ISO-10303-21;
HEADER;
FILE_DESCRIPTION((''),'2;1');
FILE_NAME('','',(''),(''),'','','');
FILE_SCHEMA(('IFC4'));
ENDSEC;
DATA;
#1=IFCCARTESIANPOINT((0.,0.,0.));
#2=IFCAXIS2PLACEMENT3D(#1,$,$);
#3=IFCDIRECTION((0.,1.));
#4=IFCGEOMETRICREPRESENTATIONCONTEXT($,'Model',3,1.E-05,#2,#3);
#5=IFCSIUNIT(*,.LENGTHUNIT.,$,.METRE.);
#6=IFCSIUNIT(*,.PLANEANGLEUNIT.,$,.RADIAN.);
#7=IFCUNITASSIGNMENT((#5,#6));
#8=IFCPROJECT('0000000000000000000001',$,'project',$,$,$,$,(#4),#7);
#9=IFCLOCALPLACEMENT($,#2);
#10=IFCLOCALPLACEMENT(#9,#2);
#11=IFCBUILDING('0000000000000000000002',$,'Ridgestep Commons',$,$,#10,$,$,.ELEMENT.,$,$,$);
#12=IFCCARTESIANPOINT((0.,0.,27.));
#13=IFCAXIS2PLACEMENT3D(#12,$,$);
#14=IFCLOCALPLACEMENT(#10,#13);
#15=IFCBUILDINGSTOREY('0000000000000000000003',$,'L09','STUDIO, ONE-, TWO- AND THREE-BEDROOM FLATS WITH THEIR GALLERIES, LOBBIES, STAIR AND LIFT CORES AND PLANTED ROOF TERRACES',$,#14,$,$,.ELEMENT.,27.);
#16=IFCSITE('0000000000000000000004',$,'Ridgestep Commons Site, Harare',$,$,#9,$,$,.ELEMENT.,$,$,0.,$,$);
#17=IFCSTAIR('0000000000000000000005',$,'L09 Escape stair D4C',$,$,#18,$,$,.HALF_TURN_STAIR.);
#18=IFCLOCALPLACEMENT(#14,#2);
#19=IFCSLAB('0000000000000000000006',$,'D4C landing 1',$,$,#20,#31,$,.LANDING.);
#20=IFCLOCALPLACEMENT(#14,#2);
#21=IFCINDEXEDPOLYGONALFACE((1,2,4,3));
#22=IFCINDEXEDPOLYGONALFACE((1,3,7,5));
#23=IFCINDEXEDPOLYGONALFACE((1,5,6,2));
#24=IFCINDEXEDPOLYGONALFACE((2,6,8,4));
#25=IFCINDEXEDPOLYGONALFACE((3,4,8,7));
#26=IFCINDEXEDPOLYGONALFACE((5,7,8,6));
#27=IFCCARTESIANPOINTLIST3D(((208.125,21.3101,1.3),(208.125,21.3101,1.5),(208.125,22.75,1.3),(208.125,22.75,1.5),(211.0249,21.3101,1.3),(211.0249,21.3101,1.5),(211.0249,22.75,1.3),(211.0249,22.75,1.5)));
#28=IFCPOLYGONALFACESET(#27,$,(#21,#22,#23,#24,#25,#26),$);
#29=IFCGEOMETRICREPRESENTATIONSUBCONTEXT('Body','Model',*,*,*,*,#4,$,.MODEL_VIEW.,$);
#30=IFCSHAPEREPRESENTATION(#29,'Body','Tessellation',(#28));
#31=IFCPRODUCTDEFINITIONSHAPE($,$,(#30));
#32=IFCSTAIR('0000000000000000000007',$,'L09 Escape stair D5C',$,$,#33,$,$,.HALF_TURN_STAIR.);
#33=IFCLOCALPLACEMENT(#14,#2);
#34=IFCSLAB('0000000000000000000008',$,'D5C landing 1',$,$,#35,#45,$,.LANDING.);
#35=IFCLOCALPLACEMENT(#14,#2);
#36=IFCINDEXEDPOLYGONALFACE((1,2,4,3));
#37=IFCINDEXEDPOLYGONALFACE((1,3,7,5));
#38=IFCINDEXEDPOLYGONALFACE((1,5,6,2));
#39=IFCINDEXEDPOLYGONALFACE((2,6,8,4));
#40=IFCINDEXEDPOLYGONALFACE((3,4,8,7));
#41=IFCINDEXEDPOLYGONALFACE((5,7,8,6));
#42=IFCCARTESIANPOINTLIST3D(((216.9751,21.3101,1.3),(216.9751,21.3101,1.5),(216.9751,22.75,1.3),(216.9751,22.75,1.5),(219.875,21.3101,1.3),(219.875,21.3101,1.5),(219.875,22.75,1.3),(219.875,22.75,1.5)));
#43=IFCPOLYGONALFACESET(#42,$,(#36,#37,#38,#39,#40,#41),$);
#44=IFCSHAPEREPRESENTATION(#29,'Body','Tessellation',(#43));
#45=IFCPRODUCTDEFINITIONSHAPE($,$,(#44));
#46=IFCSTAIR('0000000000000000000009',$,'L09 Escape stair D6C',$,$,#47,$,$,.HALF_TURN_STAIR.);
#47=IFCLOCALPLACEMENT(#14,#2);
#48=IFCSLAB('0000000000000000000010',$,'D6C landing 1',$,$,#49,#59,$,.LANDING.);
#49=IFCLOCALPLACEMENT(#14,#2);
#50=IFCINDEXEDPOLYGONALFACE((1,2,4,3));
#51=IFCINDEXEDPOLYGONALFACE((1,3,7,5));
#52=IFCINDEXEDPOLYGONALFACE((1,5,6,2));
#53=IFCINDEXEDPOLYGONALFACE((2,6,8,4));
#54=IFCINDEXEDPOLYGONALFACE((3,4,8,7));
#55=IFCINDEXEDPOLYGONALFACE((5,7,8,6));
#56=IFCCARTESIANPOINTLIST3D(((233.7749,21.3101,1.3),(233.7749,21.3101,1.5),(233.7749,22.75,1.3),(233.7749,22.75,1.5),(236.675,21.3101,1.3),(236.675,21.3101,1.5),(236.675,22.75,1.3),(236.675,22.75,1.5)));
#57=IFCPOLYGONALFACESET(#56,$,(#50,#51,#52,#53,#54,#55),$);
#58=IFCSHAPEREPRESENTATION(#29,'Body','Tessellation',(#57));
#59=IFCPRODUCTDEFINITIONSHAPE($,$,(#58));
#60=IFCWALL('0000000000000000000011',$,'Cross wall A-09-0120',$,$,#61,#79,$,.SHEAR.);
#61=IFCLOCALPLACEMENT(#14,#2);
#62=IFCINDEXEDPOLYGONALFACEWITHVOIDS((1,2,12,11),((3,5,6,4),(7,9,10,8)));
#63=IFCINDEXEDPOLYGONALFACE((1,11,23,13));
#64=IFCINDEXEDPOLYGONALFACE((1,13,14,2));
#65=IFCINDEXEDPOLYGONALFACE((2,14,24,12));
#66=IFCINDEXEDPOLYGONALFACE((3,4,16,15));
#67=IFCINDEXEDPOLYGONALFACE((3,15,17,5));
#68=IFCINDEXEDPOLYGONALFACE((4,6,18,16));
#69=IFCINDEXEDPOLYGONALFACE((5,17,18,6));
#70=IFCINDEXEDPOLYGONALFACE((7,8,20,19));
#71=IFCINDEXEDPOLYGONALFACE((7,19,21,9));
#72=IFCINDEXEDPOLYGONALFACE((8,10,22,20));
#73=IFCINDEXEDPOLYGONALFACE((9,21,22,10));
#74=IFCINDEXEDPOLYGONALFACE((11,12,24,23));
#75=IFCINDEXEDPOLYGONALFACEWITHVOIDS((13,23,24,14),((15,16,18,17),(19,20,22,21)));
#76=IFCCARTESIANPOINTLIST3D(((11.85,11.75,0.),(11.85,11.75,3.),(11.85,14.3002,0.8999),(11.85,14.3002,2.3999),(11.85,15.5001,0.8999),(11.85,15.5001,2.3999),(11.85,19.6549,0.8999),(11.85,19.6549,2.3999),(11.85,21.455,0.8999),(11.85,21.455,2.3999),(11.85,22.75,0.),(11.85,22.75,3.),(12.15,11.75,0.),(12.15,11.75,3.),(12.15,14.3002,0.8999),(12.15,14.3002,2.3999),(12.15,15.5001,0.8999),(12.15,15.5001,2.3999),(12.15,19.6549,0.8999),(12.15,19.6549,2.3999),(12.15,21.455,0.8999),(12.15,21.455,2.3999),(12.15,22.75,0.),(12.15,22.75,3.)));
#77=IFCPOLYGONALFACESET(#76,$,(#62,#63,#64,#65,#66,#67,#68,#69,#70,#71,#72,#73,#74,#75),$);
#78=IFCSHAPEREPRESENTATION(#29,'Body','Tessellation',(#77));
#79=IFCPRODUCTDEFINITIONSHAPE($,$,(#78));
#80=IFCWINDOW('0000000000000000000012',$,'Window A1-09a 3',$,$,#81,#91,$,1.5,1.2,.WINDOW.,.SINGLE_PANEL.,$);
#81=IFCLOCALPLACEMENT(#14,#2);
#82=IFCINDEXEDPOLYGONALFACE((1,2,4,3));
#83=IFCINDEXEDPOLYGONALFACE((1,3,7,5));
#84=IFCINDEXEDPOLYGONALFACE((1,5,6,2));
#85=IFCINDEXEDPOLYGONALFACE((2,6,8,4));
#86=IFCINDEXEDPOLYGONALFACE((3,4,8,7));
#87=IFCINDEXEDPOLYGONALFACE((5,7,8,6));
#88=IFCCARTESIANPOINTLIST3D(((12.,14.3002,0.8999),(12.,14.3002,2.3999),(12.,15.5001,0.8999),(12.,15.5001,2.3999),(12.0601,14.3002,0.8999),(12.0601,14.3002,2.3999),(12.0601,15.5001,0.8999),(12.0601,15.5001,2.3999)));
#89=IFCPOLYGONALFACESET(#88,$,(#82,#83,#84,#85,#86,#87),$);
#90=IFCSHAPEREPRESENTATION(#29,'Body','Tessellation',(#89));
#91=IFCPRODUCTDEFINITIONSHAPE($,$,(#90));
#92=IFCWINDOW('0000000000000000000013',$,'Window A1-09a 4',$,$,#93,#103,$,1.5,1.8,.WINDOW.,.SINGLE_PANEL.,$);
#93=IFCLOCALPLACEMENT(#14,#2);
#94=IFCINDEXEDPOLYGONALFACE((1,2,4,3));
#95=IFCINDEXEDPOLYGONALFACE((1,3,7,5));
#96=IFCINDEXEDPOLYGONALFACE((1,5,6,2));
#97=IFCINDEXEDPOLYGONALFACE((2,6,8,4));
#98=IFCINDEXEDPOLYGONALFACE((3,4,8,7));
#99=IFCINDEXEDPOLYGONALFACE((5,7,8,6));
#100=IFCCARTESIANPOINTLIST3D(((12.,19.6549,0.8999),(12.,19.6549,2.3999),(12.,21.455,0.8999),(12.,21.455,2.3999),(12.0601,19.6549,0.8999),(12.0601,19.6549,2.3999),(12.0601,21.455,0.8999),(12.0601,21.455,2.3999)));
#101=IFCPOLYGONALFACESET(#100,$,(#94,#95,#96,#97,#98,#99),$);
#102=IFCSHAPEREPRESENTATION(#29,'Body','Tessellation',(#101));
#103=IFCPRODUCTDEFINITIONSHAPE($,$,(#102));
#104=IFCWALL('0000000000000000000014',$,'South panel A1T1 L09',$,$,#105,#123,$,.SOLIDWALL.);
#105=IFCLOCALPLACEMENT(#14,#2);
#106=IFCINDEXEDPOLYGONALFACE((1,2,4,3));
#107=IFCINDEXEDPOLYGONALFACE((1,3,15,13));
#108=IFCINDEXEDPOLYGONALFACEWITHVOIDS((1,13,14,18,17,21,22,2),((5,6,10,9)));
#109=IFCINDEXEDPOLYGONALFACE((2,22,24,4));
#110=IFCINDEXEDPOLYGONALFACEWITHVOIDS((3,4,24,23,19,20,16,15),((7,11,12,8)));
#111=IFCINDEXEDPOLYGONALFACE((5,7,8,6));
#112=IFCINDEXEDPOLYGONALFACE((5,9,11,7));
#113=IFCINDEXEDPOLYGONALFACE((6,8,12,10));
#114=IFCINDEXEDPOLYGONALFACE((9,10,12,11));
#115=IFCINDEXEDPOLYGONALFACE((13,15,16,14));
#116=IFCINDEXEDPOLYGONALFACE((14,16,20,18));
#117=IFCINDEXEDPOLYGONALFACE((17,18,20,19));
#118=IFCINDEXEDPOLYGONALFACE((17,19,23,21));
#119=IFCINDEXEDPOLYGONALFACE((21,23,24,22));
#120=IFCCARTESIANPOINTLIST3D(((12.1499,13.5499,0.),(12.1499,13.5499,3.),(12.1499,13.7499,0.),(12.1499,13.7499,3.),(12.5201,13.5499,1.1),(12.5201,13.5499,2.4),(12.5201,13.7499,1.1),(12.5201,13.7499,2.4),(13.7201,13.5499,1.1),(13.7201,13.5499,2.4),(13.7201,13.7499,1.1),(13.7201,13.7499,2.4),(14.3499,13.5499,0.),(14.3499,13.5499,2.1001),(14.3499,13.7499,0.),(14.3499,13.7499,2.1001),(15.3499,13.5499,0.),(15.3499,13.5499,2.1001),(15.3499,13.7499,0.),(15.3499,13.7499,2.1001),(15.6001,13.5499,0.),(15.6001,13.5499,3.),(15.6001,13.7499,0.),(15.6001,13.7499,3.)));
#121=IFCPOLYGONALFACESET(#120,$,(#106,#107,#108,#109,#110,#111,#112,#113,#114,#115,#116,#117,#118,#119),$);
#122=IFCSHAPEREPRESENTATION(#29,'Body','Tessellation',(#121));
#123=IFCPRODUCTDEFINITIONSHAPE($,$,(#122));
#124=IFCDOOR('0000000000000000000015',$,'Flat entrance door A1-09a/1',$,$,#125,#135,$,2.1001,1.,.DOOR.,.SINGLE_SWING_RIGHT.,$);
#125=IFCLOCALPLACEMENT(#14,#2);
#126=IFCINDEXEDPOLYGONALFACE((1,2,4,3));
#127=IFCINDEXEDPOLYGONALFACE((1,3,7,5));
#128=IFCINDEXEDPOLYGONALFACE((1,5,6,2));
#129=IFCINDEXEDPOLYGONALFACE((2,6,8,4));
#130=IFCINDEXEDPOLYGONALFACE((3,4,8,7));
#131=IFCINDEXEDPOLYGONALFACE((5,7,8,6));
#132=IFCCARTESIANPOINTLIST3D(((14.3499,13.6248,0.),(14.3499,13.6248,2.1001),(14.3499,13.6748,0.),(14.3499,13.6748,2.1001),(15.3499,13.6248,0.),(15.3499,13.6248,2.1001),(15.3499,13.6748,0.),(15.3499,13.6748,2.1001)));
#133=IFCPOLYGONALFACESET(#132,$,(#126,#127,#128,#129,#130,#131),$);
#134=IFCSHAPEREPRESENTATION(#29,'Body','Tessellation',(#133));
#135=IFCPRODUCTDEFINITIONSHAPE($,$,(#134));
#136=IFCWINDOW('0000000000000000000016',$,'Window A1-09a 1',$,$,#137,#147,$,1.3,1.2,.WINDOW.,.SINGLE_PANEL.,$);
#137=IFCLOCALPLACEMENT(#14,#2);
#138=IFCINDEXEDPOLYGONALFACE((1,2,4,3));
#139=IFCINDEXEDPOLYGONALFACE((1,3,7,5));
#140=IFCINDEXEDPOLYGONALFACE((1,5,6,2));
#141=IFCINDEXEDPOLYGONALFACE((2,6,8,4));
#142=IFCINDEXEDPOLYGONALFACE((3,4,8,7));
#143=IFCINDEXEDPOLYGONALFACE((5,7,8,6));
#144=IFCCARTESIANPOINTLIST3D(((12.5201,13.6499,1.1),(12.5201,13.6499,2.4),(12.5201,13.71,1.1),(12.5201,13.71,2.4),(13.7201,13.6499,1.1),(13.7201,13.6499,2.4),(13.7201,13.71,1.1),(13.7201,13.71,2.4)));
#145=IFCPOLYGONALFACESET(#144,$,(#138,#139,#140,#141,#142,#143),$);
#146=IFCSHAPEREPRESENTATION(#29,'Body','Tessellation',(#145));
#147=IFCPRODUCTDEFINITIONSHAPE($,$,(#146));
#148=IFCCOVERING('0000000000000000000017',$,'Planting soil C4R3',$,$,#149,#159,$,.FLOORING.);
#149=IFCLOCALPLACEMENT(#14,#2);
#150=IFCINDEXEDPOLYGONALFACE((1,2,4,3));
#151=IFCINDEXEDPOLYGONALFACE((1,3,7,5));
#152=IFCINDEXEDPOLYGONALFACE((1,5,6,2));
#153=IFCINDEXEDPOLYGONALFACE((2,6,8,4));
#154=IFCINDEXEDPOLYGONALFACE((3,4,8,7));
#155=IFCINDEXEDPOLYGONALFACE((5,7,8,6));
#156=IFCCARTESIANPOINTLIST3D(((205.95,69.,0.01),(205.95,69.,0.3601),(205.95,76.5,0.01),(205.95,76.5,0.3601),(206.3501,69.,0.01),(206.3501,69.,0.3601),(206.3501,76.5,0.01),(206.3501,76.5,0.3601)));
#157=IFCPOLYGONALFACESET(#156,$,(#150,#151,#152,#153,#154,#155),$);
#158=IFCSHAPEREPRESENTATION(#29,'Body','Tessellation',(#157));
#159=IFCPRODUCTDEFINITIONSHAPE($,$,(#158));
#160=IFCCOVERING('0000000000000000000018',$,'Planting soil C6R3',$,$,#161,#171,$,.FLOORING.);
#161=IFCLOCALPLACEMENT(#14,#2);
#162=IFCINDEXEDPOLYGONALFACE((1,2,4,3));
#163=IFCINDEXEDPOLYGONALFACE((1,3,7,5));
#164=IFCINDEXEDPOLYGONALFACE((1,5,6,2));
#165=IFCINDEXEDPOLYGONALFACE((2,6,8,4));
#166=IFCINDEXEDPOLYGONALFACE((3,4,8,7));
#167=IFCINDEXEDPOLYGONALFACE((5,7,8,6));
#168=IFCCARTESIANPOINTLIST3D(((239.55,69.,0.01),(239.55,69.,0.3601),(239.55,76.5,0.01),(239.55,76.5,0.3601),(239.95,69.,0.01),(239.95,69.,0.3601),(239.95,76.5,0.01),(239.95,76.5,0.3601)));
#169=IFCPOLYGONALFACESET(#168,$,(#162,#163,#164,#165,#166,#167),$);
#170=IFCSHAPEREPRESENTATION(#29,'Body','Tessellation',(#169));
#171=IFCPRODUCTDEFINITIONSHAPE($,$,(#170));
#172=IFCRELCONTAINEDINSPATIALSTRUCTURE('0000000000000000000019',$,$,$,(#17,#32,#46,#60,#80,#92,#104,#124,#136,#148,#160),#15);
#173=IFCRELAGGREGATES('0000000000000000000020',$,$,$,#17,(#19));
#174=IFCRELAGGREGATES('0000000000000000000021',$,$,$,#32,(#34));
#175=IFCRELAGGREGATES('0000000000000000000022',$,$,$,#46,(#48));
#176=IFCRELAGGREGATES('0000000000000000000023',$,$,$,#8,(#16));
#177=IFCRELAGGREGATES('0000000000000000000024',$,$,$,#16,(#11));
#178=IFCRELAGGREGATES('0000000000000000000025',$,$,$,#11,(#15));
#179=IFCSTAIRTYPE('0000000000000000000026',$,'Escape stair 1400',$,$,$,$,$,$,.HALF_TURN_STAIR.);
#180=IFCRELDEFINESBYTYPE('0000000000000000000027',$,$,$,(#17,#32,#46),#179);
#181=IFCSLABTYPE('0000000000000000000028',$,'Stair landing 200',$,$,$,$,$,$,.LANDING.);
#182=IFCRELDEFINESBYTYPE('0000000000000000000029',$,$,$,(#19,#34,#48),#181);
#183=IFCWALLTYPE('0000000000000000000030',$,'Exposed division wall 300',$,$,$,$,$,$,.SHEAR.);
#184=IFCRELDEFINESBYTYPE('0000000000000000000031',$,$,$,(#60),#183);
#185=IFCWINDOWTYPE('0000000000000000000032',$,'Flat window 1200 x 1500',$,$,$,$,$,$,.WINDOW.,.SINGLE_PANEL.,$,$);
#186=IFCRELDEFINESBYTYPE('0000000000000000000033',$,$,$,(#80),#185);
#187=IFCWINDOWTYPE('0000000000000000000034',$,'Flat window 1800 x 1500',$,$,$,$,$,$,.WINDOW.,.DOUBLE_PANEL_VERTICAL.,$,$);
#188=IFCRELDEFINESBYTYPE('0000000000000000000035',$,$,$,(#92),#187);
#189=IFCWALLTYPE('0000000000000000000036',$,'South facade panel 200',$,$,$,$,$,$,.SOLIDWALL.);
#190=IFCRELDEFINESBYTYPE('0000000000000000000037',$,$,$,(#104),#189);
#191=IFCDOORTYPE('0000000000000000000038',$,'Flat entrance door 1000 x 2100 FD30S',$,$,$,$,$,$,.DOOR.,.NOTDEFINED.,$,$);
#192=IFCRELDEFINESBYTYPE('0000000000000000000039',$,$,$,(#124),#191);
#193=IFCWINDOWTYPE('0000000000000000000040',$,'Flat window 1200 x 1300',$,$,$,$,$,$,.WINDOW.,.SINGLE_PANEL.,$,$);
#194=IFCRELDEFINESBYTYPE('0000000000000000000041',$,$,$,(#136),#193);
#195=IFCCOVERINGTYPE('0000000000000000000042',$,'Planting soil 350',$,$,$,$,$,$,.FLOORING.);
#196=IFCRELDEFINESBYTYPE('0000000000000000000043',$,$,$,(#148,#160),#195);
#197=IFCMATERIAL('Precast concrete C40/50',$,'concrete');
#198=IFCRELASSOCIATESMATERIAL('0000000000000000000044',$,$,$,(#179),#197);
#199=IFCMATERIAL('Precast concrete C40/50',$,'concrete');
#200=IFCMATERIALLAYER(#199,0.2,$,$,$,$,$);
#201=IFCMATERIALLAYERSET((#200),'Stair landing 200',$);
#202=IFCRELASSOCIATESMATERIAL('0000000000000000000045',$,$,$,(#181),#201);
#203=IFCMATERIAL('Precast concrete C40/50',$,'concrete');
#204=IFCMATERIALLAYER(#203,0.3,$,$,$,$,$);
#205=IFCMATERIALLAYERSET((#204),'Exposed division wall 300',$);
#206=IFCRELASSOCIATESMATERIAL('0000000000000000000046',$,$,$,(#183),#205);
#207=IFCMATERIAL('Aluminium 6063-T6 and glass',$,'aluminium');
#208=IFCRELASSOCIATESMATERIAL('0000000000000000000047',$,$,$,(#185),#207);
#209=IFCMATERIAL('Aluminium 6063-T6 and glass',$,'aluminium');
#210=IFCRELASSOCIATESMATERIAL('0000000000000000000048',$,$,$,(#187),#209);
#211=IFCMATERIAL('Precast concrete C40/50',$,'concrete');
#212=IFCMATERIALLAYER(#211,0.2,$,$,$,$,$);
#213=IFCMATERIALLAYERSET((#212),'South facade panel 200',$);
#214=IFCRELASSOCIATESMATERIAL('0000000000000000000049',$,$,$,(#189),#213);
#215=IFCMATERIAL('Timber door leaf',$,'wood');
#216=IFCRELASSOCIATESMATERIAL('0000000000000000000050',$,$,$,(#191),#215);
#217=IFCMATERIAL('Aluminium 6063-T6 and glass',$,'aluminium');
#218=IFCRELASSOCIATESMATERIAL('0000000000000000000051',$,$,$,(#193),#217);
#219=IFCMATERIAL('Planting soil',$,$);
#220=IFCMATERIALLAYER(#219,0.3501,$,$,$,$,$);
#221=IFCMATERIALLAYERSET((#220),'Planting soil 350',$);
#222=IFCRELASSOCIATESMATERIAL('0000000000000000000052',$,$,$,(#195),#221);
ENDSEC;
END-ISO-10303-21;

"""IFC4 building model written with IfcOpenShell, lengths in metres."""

from ifc_helpers import new_model, si_unit, direction, frame, frame_2d, origin, place, context, subcontext, project, spatial, polyline, rectangle, outline, extrude, material, layer, layer_set, type_object, element, fill, aggregate, save


model = new_model("IFC4")

# Units and contexts
model_context = context("Model", 3, precision=1e-05, world=origin(), true_north=direction((0.0, 1.0)))
body_context = subcontext(model_context, "Body", "Model", "MODEL_VIEW")
ifc_project = project(units=[si_unit("LENGTHUNIT", "METRE"), si_unit("PLANEANGLEUNIT", "RADIAN")], contexts=[model_context])

# Site, building, storey
site_placement = place(None, origin())
site = spatial("IfcSite", under=ifc_project, at=site_placement, Name="Ridgestep Commons Site, Harare", CompositionType="ELEMENT", RefElevation=0.0)
building_placement = place(site_placement, origin())
building = spatial("IfcBuilding", under=site, at=building_placement, Name="Ridgestep Commons", CompositionType="ELEMENT")
storey_placement = place(building_placement, frame((0.0, 0.0, 27.0)))
storey = spatial("IfcBuildingStorey", under=building, at=storey_placement, Name="L09", Description="STUDIO, ONE-, TWO- AND THREE-BEDROOM FLATS WITH THEIR GALLERIES, LOBBIES, STAIR AND LIFT CORES AND PLANTED ROOF TERRACES", CompositionType="ELEMENT", Elevation=27.0)

# Stairs, slabs
ifc_material_1 = material(Name="Precast concrete C40/50", Category="concrete")
stair_type = type_object("IfcStairType", Name="Escape stair 1400", PredefinedType="HALF_TURN_STAIR", material=ifc_material_1)
ifc_material_2 = material(Name="Precast concrete C40/50", Category="concrete")
ifc_layer_1 = layer(ifc_material_2, 0.2)
ifc_layer_set_1 = layer_set([ifc_layer_1], Name="Stair landing 200")
slab_type = type_object("IfcSlabType", Name="Stair landing 200", PredefinedType="LANDING", material=ifc_layer_set_1)
stair_1_placement = place(storey_placement, origin())
stair_1 = element("IfcStair", 1, at=stair_1_placement, inside=storey, type_object=stair_type, Name="L09 Escape stair D4C", PredefinedType="HALF_TURN_STAIR")
slab_1_placement = place(storey_placement, frame((0.0, 0.0, 1.3)))
slab_1 = element("IfcSlab", 2, at=slab_1_placement, type_object=slab_type, Name="D4C landing 1", PredefinedType="LANDING", context=body_context, shape_type="SweptSolid", body=[
    extrude(outline(polyline([(211.0249, 21.3101), (211.0249, 22.75), (208.125, 22.75), (208.125, 21.3101), (211.0249, 21.3101)])), origin(), (0.0, 0.0, 1.0), 0.2),
])
aggregate(stair_1, [slab_1])
stair_2_placement = place(storey_placement, origin())
stair_2 = element("IfcStair", 3, at=stair_2_placement, inside=storey, type_object=stair_type, Name="L09 Escape stair D5C", PredefinedType="HALF_TURN_STAIR")
slab_2_placement = place(storey_placement, frame((0.0, 0.0, 1.3)))
slab_2 = element("IfcSlab", 4, at=slab_2_placement, type_object=slab_type, Name="D5C landing 1", PredefinedType="LANDING", context=body_context, shape_type="SweptSolid", body=[
    extrude(outline(polyline([(219.875, 21.3101), (219.875, 22.75), (216.9751, 22.75), (216.9751, 21.3101), (219.875, 21.3101)])), origin(), (0.0, 0.0, 1.0), 0.2),
])
aggregate(stair_2, [slab_2])
stair_3_placement = place(storey_placement, origin())
stair_3 = element("IfcStair", 5, at=stair_3_placement, inside=storey, type_object=stair_type, Name="L09 Escape stair D6C", PredefinedType="HALF_TURN_STAIR")
slab_3_placement = place(storey_placement, frame((0.0, 0.0, 1.3)))
slab_3 = element("IfcSlab", 6, at=slab_3_placement, type_object=slab_type, Name="D6C landing 1", PredefinedType="LANDING", context=body_context, shape_type="SweptSolid", body=[
    extrude(outline(polyline([(236.675, 21.3101), (236.675, 22.75), (233.7749, 22.75), (233.7749, 21.3101), (236.675, 21.3101)])), origin(), (0.0, 0.0, 1.0), 0.2),
])
aggregate(stair_3, [slab_3])

# Wall, openings, windows
ifc_material_3 = material(Name="Precast concrete C40/50", Category="concrete")
ifc_layer_2 = layer(ifc_material_3, 0.3)
ifc_layer_set_2 = layer_set([ifc_layer_2], Name="Exposed division wall 300")
wall_type_1 = type_object("IfcWallType", Name="Exposed division wall 300", PredefinedType="SHEAR", material=ifc_layer_set_2)
wall_1_placement = place(storey_placement, frame((12.0, 11.75, 0.0), z_axis=(0.0, 0.0, 1.0), x_axis=(0.0, 1.0, 0.0)))
wall_1 = element("IfcWall", 7, at=wall_1_placement, inside=storey, type_object=wall_type_1, Name="Cross wall A-09-0120", PredefinedType="SHEAR", context=body_context, shape_type="SweptSolid", body=[
    extrude(rectangle(XDim=11.0, YDim=0.3, at=frame_2d((5.5, 0.0))), origin(), (0.0, 0.0, 1.0), 3.0),
])
opening_1_placement = place(wall_1_placement, frame((2.55, 0.0, 0.8999)))
opening_1 = element("IfcOpeningElement", 8, at=opening_1_placement, cuts=wall_1, PredefinedType="OPENING", context=body_context, shape_type="SweptSolid", body=[
    extrude(rectangle(XDim=1.2, YDim=1.5, at=frame_2d((0.6001, 0.75))), frame((0.0, 0.1599, 0.0), z_axis=(0.0, -1.0, 0.0), x_axis=(1.0, 0.0, 0.0)), (0.0, 0.0, 1.0), 0.3201),
])
opening_2_placement = place(wall_1_placement, frame((7.905, 0.0, 0.8999)))
opening_2 = element("IfcOpeningElement", 9, at=opening_2_placement, cuts=wall_1, PredefinedType="OPENING", context=body_context, shape_type="SweptSolid", body=[
    extrude(rectangle(XDim=1.8, YDim=1.5, at=frame_2d((0.8999, 0.75))), frame((0.0, 0.1599, 0.0), z_axis=(0.0, -1.0, 0.0), x_axis=(1.0, 0.0, 0.0)), (0.0, 0.0, 1.0), 0.3201),
])
ifc_material_4 = material(Name="Aluminium 6063-T6 and glass", Category="aluminium")
window_type_1 = type_object("IfcWindowType", Name="Flat window 1200 x 1500", PartitioningType="SINGLE_PANEL", PredefinedType="WINDOW", material=ifc_material_4)
window_1_placement = place(opening_1_placement, origin())
window_1 = element("IfcWindow", 10, at=window_1_placement, inside=storey, type_object=window_type_1, Name="Window A1-09a 3", OverallHeight=1.5, OverallWidth=1.2, PartitioningType="SINGLE_PANEL", PredefinedType="WINDOW", context=body_context, shape_type="SweptSolid", body=[
    extrude(rectangle(XDim=1.2, YDim=1.5, at=frame_2d((0.6001, 0.75))), frame((0.0, 0.0, 0.0), z_axis=(0.0, -1.0, 0.0), x_axis=(1.0, 0.0, 0.0)), (0.0, 0.0, 1.0), 0.0601),
])
fill(opening_1, window_1)
ifc_material_5 = material(Name="Aluminium 6063-T6 and glass", Category="aluminium")
window_type_2 = type_object("IfcWindowType", Name="Flat window 1800 x 1500", PartitioningType="DOUBLE_PANEL_VERTICAL", PredefinedType="WINDOW", material=ifc_material_5)
window_2_placement = place(opening_2_placement, origin())
window_2 = element("IfcWindow", 11, at=window_2_placement, inside=storey, type_object=window_type_2, Name="Window A1-09a 4", OverallHeight=1.5, OverallWidth=1.8, PartitioningType="SINGLE_PANEL", PredefinedType="WINDOW", context=body_context, shape_type="SweptSolid", body=[
    extrude(rectangle(XDim=1.8, YDim=1.5, at=frame_2d((0.8999, 0.75))), frame((0.0, 0.0, 0.0), z_axis=(0.0, -1.0, 0.0), x_axis=(1.0, 0.0, 0.0)), (0.0, 0.0, 1.0), 0.0601),
])
fill(opening_2, window_2)

# Wall, openings, door, window
ifc_material_6 = material(Name="Precast concrete C40/50", Category="concrete")
ifc_layer_3 = layer(ifc_material_6, 0.2)
ifc_layer_set_3 = layer_set([ifc_layer_3], Name="South facade panel 200")
wall_type_2 = type_object("IfcWallType", Name="South facade panel 200", PredefinedType="SOLIDWALL", material=ifc_layer_set_3)
wall_2_placement = place(storey_placement, frame((12.1499, 13.6499, 0.0), z_axis=(0.0, 0.0, 1.0), x_axis=(1.0, 0.0, 0.0)))
wall_2 = element("IfcWall", 12, at=wall_2_placement, inside=storey, type_object=wall_type_2, Name="South panel A1T1 L09", PredefinedType="SOLIDWALL", context=body_context, shape_type="SweptSolid", body=[
    extrude(rectangle(XDim=3.4502, YDim=0.2, at=frame_2d((1.7251, 0.0))), origin(), (0.0, 0.0, 1.0), 3.0),
])
opening_3_placement = place(wall_2_placement, frame((0.3701, 0.0, 1.1001)))
opening_3 = element("IfcOpeningElement", 13, at=opening_3_placement, cuts=wall_2, PredefinedType="OPENING", context=body_context, shape_type="SweptSolid", body=[
    extrude(rectangle(XDim=1.2, YDim=1.3, at=frame_2d((0.6001, 0.6499))), frame((0.0, 0.1099, 0.0), z_axis=(0.0, -1.0, 0.0), x_axis=(1.0, 0.0, 0.0)), (0.0, 0.0, 1.0), 0.22),
])
opening_4_placement = place(wall_2_placement, frame((2.2, 0.0, 0.0)))
opening_4 = element("IfcOpeningElement", 14, at=opening_4_placement, cuts=wall_2, PredefinedType="OPENING", context=body_context, shape_type="SweptSolid", body=[
    extrude(rectangle(XDim=1.0, YDim=2.1001, at=frame_2d((0.5, 1.05))), frame((0.0, 0.1099, 0.0), z_axis=(0.0, -1.0, 0.0), x_axis=(1.0, 0.0, 0.0)), (0.0, 0.0, 1.0), 0.22),
])
ifc_material_7 = material(Name="Timber door leaf", Category="wood")
door_type = type_object("IfcDoorType", Name="Flat entrance door 1000 x 2100 FD30S", OperationType="NOTDEFINED", PredefinedType="DOOR", material=ifc_material_7)
door_placement = place(opening_4_placement, origin())
door = element("IfcDoor", 15, at=door_placement, inside=storey, type_object=door_type, Name="Flat entrance door A1-09a/1", OperationType="SINGLE_SWING_RIGHT", OverallHeight=2.1001, OverallWidth=1.0, PredefinedType="DOOR", context=body_context, shape_type="SweptSolid", body=[
    extrude(rectangle(XDim=1.0, YDim=2.1001, at=frame_2d((0.5, 1.05))), frame((0.0, 0.0249, 0.0), z_axis=(0.0, -1.0, 0.0), x_axis=(1.0, 0.0, 0.0)), (0.0, 0.0, 1.0), 0.05),
])
fill(opening_4, door)
ifc_material_8 = material(Name="Aluminium 6063-T6 and glass", Category="aluminium")
window_type_3 = type_object("IfcWindowType", Name="Flat window 1200 x 1300", PartitioningType="SINGLE_PANEL", PredefinedType="WINDOW", material=ifc_material_8)
window_3_placement = place(opening_3_placement, origin())
window_3 = element("IfcWindow", 16, at=window_3_placement, inside=storey, type_object=window_type_3, Name="Window A1-09a 1", OverallHeight=1.3, OverallWidth=1.2, PartitioningType="SINGLE_PANEL", PredefinedType="WINDOW", context=body_context, shape_type="SweptSolid", body=[
    extrude(rectangle(XDim=1.2, YDim=1.3, at=frame_2d((0.6001, 0.6499))), frame((0.0, 0.0601, 0.0), z_axis=(0.0, -1.0, 0.0), x_axis=(1.0, 0.0, 0.0)), (0.0, 0.0, 1.0), 0.0601),
])
fill(opening_3, window_3)

# Coverings
ifc_material_9 = material(Name="Planting soil")
ifc_layer_4 = layer(ifc_material_9, 0.3501)
ifc_layer_set_4 = layer_set([ifc_layer_4], Name="Planting soil 350")
covering_type_1 = type_object("IfcCoveringType", Name="Planting soil 350", PredefinedType="FLOORING", material=ifc_layer_set_4)
covering_1_placement = place(storey_placement, frame((0.0, 0.0, 0.01)))
element("IfcCovering", 17, at=covering_1_placement, inside=storey, type_object=covering_type_1, Name="Planting soil C4R3", PredefinedType="FLOORING", context=body_context, shape_type="SweptSolid", body=[
    extrude(outline(polyline([(205.95, 69.0), (206.3501, 69.0), (206.3501, 76.5), (205.95, 76.5), (205.95, 69.0)])), origin(), (0.0, 0.0, 1.0), 0.3501),
])
covering_2_placement = place(storey_placement, frame((0.0, 0.0, 0.01)))
element("IfcCovering", 18, at=covering_2_placement, inside=storey, type_object=covering_type_1, Name="Planting soil C6R3", PredefinedType="FLOORING", context=body_context, shape_type="SweptSolid", body=[
    extrude(outline(polyline([(239.55, 69.0), (239.95, 69.0), (239.95, 76.5), (239.55, 76.5), (239.55, 69.0)])), origin(), (0.0, 0.0, 1.0), 0.3501),
])

save(model, "model.ifc")
